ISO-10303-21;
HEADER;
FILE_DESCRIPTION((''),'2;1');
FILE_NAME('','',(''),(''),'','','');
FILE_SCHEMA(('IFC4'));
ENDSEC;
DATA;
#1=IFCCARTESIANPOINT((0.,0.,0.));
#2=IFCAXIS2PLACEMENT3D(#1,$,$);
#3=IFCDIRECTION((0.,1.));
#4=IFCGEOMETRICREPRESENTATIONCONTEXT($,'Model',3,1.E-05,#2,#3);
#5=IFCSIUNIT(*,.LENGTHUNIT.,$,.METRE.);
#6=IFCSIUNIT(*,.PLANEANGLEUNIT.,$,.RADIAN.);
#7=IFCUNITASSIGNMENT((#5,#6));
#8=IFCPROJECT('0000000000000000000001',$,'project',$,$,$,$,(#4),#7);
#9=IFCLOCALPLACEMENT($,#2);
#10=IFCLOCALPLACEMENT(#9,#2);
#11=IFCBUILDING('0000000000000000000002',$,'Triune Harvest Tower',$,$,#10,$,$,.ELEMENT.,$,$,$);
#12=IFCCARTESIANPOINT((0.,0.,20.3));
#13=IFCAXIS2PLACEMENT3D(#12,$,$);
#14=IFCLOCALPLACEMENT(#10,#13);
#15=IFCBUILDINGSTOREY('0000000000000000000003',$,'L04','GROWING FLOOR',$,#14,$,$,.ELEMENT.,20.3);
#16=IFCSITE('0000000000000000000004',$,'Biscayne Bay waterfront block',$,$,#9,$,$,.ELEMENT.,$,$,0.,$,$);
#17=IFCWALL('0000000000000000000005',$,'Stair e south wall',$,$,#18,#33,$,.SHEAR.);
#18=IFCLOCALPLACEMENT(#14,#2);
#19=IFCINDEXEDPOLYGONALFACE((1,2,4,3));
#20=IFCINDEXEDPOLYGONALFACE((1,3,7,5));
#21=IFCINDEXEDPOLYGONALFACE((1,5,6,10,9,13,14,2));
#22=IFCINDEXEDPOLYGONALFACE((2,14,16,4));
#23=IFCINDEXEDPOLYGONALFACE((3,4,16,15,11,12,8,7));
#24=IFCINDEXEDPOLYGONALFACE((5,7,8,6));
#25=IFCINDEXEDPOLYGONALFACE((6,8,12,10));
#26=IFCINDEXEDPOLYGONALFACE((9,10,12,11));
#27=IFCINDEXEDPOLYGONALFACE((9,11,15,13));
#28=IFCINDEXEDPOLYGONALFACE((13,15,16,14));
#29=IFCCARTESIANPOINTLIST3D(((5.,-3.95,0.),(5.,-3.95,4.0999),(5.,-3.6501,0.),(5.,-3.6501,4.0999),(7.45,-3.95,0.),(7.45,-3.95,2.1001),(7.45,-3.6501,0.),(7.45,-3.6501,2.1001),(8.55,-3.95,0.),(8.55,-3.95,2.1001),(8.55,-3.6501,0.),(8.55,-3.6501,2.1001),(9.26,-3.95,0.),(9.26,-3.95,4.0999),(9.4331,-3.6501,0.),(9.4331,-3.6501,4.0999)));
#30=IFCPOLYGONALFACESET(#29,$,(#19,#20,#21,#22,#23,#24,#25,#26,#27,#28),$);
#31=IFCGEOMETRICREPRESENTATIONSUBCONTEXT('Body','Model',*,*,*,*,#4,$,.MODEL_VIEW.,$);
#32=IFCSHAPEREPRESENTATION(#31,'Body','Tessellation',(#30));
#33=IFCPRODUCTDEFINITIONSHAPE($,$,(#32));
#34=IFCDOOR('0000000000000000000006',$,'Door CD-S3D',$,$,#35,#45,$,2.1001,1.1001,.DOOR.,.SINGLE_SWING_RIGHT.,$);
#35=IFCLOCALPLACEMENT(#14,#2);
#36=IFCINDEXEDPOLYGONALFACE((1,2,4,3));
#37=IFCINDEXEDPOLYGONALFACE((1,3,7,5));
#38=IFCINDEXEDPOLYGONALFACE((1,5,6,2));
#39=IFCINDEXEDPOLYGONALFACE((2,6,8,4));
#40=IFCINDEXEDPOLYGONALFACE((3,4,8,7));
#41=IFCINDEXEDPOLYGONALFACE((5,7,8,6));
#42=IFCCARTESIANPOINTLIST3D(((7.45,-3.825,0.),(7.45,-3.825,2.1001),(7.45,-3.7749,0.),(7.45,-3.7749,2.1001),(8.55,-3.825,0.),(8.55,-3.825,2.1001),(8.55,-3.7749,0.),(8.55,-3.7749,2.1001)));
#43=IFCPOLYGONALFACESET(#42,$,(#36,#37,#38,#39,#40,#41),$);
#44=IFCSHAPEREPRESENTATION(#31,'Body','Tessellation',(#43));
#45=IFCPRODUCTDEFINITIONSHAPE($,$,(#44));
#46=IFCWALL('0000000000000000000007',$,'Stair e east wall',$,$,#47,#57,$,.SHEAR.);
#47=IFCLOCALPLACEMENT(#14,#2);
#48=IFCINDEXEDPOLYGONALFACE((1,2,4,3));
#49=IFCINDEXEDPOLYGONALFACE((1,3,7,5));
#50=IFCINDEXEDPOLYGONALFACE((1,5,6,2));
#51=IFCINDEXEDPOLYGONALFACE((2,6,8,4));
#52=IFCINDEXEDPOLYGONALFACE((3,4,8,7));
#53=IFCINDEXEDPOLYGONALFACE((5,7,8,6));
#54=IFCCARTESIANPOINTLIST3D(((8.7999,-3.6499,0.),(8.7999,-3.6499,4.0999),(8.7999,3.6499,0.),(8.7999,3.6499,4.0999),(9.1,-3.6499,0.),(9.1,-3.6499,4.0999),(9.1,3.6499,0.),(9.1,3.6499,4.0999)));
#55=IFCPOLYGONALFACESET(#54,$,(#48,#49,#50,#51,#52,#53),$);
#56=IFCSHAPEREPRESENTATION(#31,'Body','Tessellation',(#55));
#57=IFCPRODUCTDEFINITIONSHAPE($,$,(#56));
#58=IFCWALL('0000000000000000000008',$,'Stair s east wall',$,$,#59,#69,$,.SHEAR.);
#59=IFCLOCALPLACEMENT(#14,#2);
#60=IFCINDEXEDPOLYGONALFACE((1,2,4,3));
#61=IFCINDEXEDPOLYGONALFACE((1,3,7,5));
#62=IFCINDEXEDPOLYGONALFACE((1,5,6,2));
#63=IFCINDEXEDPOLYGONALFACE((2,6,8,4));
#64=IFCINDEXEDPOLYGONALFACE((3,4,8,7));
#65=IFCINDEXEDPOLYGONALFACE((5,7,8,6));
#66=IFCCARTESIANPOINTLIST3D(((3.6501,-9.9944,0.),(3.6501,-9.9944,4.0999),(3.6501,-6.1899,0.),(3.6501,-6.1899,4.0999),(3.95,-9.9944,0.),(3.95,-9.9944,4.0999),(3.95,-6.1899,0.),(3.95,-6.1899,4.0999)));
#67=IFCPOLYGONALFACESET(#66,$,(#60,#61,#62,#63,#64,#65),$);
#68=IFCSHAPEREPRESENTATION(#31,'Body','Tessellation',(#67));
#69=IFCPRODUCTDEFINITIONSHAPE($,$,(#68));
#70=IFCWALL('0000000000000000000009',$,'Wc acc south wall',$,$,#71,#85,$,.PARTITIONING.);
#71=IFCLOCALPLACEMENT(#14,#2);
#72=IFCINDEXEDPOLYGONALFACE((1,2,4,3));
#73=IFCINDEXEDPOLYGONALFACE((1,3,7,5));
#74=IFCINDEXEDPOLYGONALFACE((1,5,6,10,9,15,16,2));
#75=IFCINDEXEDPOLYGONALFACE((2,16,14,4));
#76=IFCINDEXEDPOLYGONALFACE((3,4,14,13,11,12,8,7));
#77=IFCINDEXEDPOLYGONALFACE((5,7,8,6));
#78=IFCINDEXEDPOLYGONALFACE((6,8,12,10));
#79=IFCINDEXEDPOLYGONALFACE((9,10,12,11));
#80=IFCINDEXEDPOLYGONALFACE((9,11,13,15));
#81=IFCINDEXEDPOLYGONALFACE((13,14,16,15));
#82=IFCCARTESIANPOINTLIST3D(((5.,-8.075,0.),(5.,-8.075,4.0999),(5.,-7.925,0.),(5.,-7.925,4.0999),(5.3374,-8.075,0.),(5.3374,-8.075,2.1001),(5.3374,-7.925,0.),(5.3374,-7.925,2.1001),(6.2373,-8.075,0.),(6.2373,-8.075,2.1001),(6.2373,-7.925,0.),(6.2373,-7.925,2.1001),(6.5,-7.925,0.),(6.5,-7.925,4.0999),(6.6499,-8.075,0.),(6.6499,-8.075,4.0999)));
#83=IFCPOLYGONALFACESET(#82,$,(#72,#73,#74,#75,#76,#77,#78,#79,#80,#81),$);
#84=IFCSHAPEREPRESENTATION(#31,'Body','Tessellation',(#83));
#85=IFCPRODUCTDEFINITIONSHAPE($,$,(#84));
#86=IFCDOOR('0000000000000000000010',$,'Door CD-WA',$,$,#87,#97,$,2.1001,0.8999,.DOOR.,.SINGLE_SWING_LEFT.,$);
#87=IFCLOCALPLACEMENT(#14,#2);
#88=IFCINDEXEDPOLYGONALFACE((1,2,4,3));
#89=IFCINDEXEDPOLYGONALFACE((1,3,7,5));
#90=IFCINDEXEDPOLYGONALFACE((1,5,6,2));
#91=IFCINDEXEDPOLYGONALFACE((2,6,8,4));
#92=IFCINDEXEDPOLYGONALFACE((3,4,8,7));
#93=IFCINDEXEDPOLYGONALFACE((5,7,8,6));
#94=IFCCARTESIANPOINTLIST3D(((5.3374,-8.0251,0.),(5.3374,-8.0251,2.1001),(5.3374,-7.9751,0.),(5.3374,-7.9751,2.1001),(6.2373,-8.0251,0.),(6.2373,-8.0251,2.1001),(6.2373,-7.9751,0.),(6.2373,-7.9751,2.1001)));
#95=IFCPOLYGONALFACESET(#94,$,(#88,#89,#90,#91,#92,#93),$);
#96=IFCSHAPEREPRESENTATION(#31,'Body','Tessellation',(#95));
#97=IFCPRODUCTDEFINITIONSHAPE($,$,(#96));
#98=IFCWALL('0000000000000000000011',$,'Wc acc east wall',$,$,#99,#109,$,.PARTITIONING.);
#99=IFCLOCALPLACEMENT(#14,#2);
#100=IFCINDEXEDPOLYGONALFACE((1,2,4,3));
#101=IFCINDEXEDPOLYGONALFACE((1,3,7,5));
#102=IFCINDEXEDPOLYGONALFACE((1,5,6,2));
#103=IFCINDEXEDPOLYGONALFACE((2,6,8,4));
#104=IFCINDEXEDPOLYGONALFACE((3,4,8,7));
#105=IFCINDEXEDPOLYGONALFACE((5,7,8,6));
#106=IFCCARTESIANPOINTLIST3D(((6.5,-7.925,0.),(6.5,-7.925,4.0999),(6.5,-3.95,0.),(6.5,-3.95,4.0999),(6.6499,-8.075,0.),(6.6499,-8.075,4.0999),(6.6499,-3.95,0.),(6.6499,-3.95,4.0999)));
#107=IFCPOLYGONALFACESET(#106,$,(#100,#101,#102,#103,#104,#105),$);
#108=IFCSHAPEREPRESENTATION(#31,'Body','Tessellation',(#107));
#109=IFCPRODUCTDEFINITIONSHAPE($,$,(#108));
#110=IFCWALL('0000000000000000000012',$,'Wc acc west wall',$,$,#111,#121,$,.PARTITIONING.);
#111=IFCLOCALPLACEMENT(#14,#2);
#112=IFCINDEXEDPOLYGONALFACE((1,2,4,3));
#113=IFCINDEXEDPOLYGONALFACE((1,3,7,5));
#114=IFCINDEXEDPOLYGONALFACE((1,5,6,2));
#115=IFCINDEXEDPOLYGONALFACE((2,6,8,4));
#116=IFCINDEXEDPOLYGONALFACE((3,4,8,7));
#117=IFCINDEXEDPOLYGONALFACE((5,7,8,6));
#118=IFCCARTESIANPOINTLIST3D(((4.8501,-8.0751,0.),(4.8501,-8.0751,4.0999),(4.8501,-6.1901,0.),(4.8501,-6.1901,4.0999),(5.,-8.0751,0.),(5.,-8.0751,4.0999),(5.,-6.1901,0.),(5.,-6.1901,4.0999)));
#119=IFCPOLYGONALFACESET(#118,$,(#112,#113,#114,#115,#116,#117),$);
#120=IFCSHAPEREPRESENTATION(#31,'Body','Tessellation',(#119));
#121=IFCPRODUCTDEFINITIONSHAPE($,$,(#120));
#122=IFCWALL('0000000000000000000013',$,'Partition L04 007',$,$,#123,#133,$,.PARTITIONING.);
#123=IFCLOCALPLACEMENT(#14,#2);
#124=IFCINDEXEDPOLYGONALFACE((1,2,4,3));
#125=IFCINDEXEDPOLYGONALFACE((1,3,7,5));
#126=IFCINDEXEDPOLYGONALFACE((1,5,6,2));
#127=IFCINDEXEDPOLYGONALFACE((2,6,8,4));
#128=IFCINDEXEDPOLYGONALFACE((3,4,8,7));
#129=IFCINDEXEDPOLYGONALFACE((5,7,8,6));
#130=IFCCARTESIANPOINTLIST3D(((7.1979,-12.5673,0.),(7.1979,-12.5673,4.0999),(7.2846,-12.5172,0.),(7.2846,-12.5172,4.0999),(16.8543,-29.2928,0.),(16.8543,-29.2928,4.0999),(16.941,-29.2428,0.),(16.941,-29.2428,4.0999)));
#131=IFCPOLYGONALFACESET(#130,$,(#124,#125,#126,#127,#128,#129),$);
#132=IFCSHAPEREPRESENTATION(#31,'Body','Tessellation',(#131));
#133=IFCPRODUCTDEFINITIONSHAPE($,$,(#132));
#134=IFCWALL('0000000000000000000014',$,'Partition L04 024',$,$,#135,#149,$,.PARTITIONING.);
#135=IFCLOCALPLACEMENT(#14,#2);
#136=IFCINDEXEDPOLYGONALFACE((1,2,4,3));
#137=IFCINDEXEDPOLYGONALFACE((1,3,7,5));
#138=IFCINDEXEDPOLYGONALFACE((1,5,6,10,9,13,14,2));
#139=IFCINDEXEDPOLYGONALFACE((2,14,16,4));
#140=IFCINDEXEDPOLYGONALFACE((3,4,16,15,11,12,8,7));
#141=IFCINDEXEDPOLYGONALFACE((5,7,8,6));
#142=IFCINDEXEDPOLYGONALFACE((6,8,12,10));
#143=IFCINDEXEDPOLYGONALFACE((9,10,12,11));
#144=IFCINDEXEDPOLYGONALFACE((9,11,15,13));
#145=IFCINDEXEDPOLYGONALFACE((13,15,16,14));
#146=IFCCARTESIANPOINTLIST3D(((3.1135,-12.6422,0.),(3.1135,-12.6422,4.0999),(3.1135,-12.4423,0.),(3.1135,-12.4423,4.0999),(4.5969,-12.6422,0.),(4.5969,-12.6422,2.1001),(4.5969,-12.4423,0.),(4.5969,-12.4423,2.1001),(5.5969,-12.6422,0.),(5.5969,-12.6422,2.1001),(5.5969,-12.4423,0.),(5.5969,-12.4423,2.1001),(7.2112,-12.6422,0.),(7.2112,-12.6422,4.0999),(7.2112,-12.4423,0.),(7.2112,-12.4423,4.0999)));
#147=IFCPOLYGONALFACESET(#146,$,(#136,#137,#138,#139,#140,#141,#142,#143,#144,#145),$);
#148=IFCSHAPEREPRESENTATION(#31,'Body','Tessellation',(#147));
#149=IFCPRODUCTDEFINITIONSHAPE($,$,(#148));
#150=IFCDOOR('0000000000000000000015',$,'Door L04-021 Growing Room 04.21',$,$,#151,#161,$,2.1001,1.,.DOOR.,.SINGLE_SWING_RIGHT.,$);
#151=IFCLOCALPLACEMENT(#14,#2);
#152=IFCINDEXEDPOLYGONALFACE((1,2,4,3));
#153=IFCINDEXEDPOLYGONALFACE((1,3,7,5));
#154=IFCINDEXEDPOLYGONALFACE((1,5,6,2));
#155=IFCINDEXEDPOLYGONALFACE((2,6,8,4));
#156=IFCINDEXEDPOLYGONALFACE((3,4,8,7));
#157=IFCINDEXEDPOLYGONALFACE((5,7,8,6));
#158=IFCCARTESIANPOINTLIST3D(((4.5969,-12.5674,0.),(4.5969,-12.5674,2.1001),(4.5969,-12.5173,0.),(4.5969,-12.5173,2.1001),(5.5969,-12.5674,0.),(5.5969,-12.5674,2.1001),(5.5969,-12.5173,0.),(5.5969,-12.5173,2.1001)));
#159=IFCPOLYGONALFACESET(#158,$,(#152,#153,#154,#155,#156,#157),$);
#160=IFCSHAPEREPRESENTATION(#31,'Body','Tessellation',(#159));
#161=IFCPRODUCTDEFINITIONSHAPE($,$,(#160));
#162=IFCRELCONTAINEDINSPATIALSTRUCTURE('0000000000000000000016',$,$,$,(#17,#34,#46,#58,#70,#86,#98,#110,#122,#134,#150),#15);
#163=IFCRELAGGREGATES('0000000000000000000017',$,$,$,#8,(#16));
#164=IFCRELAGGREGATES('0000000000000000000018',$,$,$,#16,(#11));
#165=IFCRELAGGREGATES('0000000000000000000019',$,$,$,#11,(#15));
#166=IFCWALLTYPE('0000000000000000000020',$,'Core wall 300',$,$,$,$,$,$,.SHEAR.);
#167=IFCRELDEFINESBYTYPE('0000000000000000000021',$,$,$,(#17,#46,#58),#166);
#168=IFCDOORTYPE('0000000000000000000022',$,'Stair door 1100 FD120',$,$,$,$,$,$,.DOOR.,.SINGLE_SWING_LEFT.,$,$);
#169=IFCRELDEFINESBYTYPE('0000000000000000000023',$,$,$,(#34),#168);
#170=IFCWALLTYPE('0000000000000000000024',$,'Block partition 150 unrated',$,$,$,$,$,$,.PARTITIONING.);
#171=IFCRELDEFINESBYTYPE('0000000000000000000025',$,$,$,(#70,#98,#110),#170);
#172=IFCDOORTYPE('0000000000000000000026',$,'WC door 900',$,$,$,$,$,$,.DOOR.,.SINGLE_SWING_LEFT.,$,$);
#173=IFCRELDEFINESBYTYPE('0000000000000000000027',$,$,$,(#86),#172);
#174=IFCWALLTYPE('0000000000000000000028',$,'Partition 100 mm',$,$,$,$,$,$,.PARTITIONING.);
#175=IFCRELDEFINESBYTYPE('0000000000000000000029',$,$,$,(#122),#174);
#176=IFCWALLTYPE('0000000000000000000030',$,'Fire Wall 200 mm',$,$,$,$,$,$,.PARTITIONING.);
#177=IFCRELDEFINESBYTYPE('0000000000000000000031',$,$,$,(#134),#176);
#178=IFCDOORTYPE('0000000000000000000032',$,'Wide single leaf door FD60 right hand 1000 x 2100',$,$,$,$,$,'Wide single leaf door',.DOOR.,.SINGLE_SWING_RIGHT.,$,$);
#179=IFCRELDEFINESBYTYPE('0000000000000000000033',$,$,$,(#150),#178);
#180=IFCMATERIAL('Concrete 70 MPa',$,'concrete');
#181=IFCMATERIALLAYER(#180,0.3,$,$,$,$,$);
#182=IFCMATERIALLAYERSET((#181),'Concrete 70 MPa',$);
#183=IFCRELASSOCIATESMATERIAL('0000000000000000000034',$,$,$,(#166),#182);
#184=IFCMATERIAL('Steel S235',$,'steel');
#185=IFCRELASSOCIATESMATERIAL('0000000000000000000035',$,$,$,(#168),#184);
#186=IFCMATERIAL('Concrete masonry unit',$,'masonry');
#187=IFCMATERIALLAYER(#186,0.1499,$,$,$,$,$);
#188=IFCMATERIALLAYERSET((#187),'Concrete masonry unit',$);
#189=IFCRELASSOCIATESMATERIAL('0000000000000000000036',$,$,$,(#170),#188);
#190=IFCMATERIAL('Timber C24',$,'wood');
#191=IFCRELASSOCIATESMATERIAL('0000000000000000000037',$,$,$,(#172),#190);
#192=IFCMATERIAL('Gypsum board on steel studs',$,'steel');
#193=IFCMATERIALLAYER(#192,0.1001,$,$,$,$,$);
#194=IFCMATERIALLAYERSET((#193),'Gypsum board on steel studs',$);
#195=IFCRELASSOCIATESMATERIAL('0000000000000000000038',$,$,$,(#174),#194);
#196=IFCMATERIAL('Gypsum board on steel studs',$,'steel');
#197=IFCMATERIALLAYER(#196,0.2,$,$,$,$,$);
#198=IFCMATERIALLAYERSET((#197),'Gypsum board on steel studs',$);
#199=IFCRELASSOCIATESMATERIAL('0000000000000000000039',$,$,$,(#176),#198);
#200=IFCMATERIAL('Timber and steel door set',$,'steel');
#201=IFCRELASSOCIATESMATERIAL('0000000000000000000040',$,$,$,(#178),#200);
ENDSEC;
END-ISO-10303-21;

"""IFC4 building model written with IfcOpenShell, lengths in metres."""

from ifc_helpers import new_model, si_unit, direction, frame, frame_2d, origin, place, context, subcontext, project, spatial, polyline, rectangle, outline, extrude, source, transform, mapped, material, layer, layer_set, type_object, element, fill, save


model = new_model("IFC4")

# Units and contexts
model_context = context("Model", 3, precision=1e-05, world=origin(), true_north=direction((0.0, 1.0)))
body_context = subcontext(model_context, "Body", "Model", "MODEL_VIEW")
ifc_project = project(units=[si_unit("LENGTHUNIT", "METRE"), si_unit("PLANEANGLEUNIT", "RADIAN")], contexts=[model_context])

# Site, building, storey
site_placement = place(None, origin())
site = spatial("IfcSite", under=ifc_project, at=site_placement, Name="Biscayne Bay waterfront block", CompositionType="ELEMENT", RefElevation=0.0)
building_placement = place(site_placement, origin())
building = spatial("IfcBuilding", under=site, at=building_placement, Name="Triune Harvest Tower", CompositionType="ELEMENT")
storey_placement = place(building_placement, frame((0.0, 0.0, 20.3)))
storey = spatial("IfcBuildingStorey", under=building, at=storey_placement, Name="L04", Description="GROWING FLOOR", CompositionType="ELEMENT", Elevation=20.3)

# Shared definitions
ifc_material_1 = material(Name="Concrete 70 MPa", Category="concrete")
ifc_layer_1 = layer(ifc_material_1, 0.3)
ifc_layer_set_1 = layer_set([ifc_layer_1], Name="Concrete 70 MPa")
wall_type_1 = type_object("IfcWallType", Name="Core wall 300", PredefinedType="SHEAR", material=ifc_layer_set_1)

# Wall, opening, door
ifc_material_2 = material(Name="Steel S235", Category="steel")
door_type_1 = type_object("IfcDoorType", Name="Stair door 1100 FD120", OperationType="SINGLE_SWING_LEFT", PredefinedType="DOOR", material=ifc_material_2)
shared_shape_1 = source(origin(), body_context, "Body", "SweptSolid", [
    extrude(outline(polyline([(0.0, -0.1499), (0.0, 0.1499), (4.4331, 0.1499), (4.26, -0.1499), (0.0, -0.1499)])), origin(), (0.0, 0.0, 1.0), 4.0999),
])
wall_1_placement = place(storey_placement, frame((5.0, -3.8, 0.0), z_axis=(0.0, 0.0, 1.0), x_axis=(1.0, 0.0, 0.0)))
wall_1 = element("IfcWall", 1, at=wall_1_placement, inside=storey, type_object=wall_type_1, Name="Stair e south wall", PredefinedType="SHEAR", context=body_context, shape_type="MappedRepresentation", body=[
    mapped(shared_shape_1, transform((0.0, 0.0, 0.0), scale=1.0)),
])
opening_1_placement = place(wall_1_placement, frame((2.45, 0.0, 0.0)))
opening_1 = element("IfcOpeningElement", 2, at=opening_1_placement, cuts=wall_1, PredefinedType="OPENING", context=body_context, shape_type="SweptSolid", body=[
    extrude(rectangle(XDim=1.1001, YDim=2.1001, at=frame_2d((0.55, 1.05))), frame((0.0, 0.1602, 0.0), z_axis=(0.0, -1.0, 0.0), x_axis=(1.0, 0.0, 0.0)), (0.0, 0.0, 1.0), 0.3201),
])
door_1_placement = place(opening_1_placement, frame((1.1001, 0.0, 0.0), z_axis=(0.0, 0.0, 1.0), x_axis=(-1.0, 0.0, 0.0)))
door_1 = element("IfcDoor", 3, at=door_1_placement, inside=storey, type_object=door_type_1, Name="Door CD-S3D", OperationType="SINGLE_SWING_RIGHT", OverallHeight=2.1001, OverallWidth=1.1001, PredefinedType="DOOR", context=body_context, shape_type="SweptSolid", body=[
    extrude(rectangle(XDim=1.1001, YDim=2.1001, at=frame_2d((0.55, 1.05))), frame((0.0, 0.0249, 0.0), z_axis=(0.0, -1.0, 0.0), x_axis=(1.0, 0.0, 0.0)), (0.0, 0.0, 1.0), 0.05),
])
fill(opening_1, door_1)

# Walls
shared_shape_2 = source(origin(), body_context, "Body", "SweptSolid", [
    extrude(rectangle(XDim=7.2998, YDim=0.3, at=frame_2d((3.6499, 0.0))), origin(), (0.0, 0.0, 1.0), 4.0999),
])
wall_2_placement = place(storey_placement, frame((8.95, -3.6499, 0.0), z_axis=(0.0, 0.0, 1.0), x_axis=(0.0, 1.0, 0.0)))
element("IfcWall", 4, at=wall_2_placement, inside=storey, type_object=wall_type_1, Name="Stair e east wall", PredefinedType="SHEAR", context=body_context, shape_type="MappedRepresentation", body=[
    mapped(shared_shape_2, transform((0.0, 0.0, 0.0), scale=1.0)),
])
shared_shape_3 = source(origin(), body_context, "Body", "SweptSolid", [
    extrude(outline(polyline([(3.8, -0.1499), (-0.0044, -0.1499), (-0.0044, 0.1499), (3.8, 0.1499), (3.8, -0.1499)])), origin(), (0.0, 0.0, 1.0), 4.0999),
])
wall_3_placement = place(storey_placement, frame((3.8, -9.99, 0.0), z_axis=(0.0, 0.0, 1.0), x_axis=(0.0, 1.0, 0.0)))
element("IfcWall", 5, at=wall_3_placement, inside=storey, type_object=wall_type_1, Name="Stair s east wall", PredefinedType="SHEAR", context=body_context, shape_type="MappedRepresentation", body=[
    mapped(shared_shape_3, transform((0.0, 0.0, 0.0), scale=1.0)),
])

# Wall, opening, door
ifc_material_3 = material(Name="Concrete masonry unit", Category="masonry")
ifc_layer_2 = layer(ifc_material_3, 0.1499)
ifc_layer_set_2 = layer_set([ifc_layer_2], Name="Concrete masonry unit")
wall_type_2 = type_object("IfcWallType", Name="Block partition 150 unrated", PredefinedType="PARTITIONING", material=ifc_layer_set_2)
shared_shape_4 = source(origin(), body_context, "Body", "SweptSolid", [
    extrude(outline(polyline([(0.0, -0.075), (1.6499, -0.075), (1.5, 0.075), (0.0, 0.075), (0.0, -0.075)])), origin(), (0.0, 0.0, 1.0), 4.0999),
])
wall_4_placement = place(storey_placement, frame((5.0, -8.0, 0.0), z_axis=(0.0, 0.0, 1.0), x_axis=(1.0, 0.0, 0.0)))
wall_4 = element("IfcWall", 6, at=wall_4_placement, inside=storey, type_object=wall_type_2, Name="Wc acc south wall", PredefinedType="PARTITIONING", context=body_context, shape_type="MappedRepresentation", body=[
    mapped(shared_shape_4, transform((0.0, 0.0, 0.0), scale=1.0)),
])
opening_2_placement = place(wall_4_placement, frame((0.3374, 0.0, 0.0)))
opening_2 = element("IfcOpeningElement", 7, at=opening_2_placement, cuts=wall_4, PredefinedType="OPENING", context=body_context, shape_type="SweptSolid", body=[
    extrude(rectangle(XDim=0.8999, YDim=2.1001, at=frame_2d((0.45, 1.05))), frame((0.0, 0.085, 0.0), z_axis=(0.0, -1.0, 0.0), x_axis=(1.0, 0.0, 0.0)), (0.0, 0.0, 1.0), 0.1699),
])
ifc_material_4 = material(Name="Timber C24", Category="wood")
door_type_2 = type_object("IfcDoorType", Name="WC door 900", OperationType="SINGLE_SWING_LEFT", PredefinedType="DOOR", material=ifc_material_4)
door_2_placement = place(opening_2_placement, origin())
door_2 = element("IfcDoor", 8, at=door_2_placement, inside=storey, type_object=door_type_2, Name="Door CD-WA", OperationType="SINGLE_SWING_LEFT", OverallHeight=2.1001, OverallWidth=0.8999, PredefinedType="DOOR", context=body_context, shape_type="SweptSolid", body=[
    extrude(rectangle(XDim=0.8999, YDim=2.1001, at=frame_2d((0.45, 1.05))), frame((0.0, 0.0249, 0.0), z_axis=(0.0, -1.0, 0.0), x_axis=(1.0, 0.0, 0.0)), (0.0, 0.0, 1.0), 0.05),
])
fill(opening_2, door_2)

# Walls
shared_shape_5 = source(origin(), body_context, "Body", "SweptSolid", [
    extrude(outline(polyline([(-0.075, -0.075), (4.05, -0.075), (4.05, 0.075), (0.075, 0.075), (-0.075, -0.075)])), origin(), (0.0, 0.0, 1.0), 4.0999),
])
wall_5_placement = place(storey_placement, frame((6.575, -8.0, 0.0), z_axis=(0.0, 0.0, 1.0), x_axis=(0.0, 1.0, 0.0)))
element("IfcWall", 9, at=wall_5_placement, inside=storey, type_object=wall_type_2, Name="Wc acc east wall", PredefinedType="PARTITIONING", context=body_context, shape_type="MappedRepresentation", body=[
    mapped(shared_shape_5, transform((0.0, 0.0, 0.0), scale=1.0)),
])
shared_shape_6 = source(origin(), body_context, "Body", "SweptSolid", [
    extrude(rectangle(XDim=1.885, YDim=0.1499, at=frame_2d((0.9424, 0.0))), origin(), (0.0, 0.0, 1.0), 4.0999),
])
wall_6_placement = place(storey_placement, frame((4.925, -8.075, 0.0), z_axis=(0.0, 0.0, 1.0), x_axis=(0.0, 1.0, 0.0)))
element("IfcWall", 10, at=wall_6_placement, inside=storey, type_object=wall_type_2, Name="Wc acc west wall", PredefinedType="PARTITIONING", context=body_context, shape_type="MappedRepresentation", body=[
    mapped(shared_shape_6, transform((0.0, 0.0, 0.0), scale=1.0)),
])
ifc_material_5 = material(Name="Gypsum board on steel studs", Category="steel")
ifc_layer_3 = layer(ifc_material_5, 0.1001)
ifc_layer_set_3 = layer_set([ifc_layer_3], Name="Gypsum board on steel studs")
wall_type_3 = type_object("IfcWallType", Name="Partition 100 mm", PredefinedType="PARTITIONING", material=ifc_layer_set_3)
shared_shape_7 = source(origin(), body_context, "Body", "SweptSolid", [
    extrude(rectangle(XDim=19.313, YDim=0.1001, at=frame_2d((9.6565, 0.0))), origin(), (0.0, 0.0, 1.0), 4.0999),
])
wall_7_placement = place(storey_placement, frame((7.2412, -12.5422, 0.0), z_axis=(0.0, 0.0, 1.0), x_axis=(0.499999, -0.866026, 0.0)))
element("IfcWall", 11, at=wall_7_placement, inside=storey, type_object=wall_type_3, Name="Partition L04 007", PredefinedType="PARTITIONING", context=body_context, shape_type="MappedRepresentation", body=[
    mapped(shared_shape_7, transform((0.0, 0.0, 0.0), scale=1.0)),
])

# Wall, opening, door
ifc_material_6 = material(Name="Gypsum board on steel studs", Category="steel")
ifc_layer_4 = layer(ifc_material_6, 0.2)
ifc_layer_set_4 = layer_set([ifc_layer_4], Name="Gypsum board on steel studs")
wall_type_4 = type_object("IfcWallType", Name="Fire Wall 200 mm", PredefinedType="PARTITIONING", material=ifc_layer_set_4)
shared_shape_8 = source(origin(), body_context, "Body", "SweptSolid", [
    extrude(rectangle(XDim=4.0977, YDim=0.2, at=frame_2d((2.0488, 0.0))), origin(), (0.0, 0.0, 1.0), 4.0999),
])
wall_8_placement = place(storey_placement, frame((3.1135, -12.5422, 0.0), z_axis=(0.0, 0.0, 1.0), x_axis=(1.0, 0.0, 0.0)))
wall_8 = element("IfcWall", 12, at=wall_8_placement, inside=storey, type_object=wall_type_4, Name="Partition L04 024", PredefinedType="PARTITIONING", context=body_context, shape_type="MappedRepresentation", body=[
    mapped(shared_shape_8, transform((0.0, 0.0, 0.0), scale=1.0)),
])
opening_3_placement = place(wall_8_placement, frame((1.4834, 0.0, 0.0)))
opening_3 = element("IfcOpeningElement", 13, at=opening_3_placement, cuts=wall_8, PredefinedType="OPENING", context=body_context, shape_type="SweptSolid", body=[
    extrude(rectangle(XDim=1.0, YDim=2.1001, at=frame_2d((0.5, 1.05))), frame((0.0, 0.1099, 0.0), z_axis=(0.0, -1.0, 0.0), x_axis=(1.0, 0.0, 0.0)), (0.0, 0.0, 1.0), 0.22),
])
ifc_material_7 = material(Name="Timber and steel door set", Category="steel")
door_type_3 = type_object("IfcDoorType", Name="Wide single leaf door FD60 right hand 1000 x 2100", ElementType="Wide single leaf door", OperationType="SINGLE_SWING_RIGHT", PredefinedType="DOOR", material=ifc_material_7)
door_3_placement = place(opening_3_placement, origin())
door_3 = element("IfcDoor", 14, at=door_3_placement, inside=storey, type_object=door_type_3, Name="Door L04-021 Growing Room 04.21", OperationType="SINGLE_SWING_RIGHT", OverallHeight=2.1001, OverallWidth=1.0, PredefinedType="DOOR", context=body_context, shape_type="SweptSolid", body=[
    extrude(rectangle(XDim=1.0, YDim=2.1001, at=frame_2d((0.5, 1.05))), frame((0.0, 0.0249, 0.0), z_axis=(0.0, -1.0, 0.0), x_axis=(1.0, 0.0, 0.0)), (0.0, 0.0, 1.0), 0.05),
])
fill(opening_3, door_3)

save(model, "model.ifc")
